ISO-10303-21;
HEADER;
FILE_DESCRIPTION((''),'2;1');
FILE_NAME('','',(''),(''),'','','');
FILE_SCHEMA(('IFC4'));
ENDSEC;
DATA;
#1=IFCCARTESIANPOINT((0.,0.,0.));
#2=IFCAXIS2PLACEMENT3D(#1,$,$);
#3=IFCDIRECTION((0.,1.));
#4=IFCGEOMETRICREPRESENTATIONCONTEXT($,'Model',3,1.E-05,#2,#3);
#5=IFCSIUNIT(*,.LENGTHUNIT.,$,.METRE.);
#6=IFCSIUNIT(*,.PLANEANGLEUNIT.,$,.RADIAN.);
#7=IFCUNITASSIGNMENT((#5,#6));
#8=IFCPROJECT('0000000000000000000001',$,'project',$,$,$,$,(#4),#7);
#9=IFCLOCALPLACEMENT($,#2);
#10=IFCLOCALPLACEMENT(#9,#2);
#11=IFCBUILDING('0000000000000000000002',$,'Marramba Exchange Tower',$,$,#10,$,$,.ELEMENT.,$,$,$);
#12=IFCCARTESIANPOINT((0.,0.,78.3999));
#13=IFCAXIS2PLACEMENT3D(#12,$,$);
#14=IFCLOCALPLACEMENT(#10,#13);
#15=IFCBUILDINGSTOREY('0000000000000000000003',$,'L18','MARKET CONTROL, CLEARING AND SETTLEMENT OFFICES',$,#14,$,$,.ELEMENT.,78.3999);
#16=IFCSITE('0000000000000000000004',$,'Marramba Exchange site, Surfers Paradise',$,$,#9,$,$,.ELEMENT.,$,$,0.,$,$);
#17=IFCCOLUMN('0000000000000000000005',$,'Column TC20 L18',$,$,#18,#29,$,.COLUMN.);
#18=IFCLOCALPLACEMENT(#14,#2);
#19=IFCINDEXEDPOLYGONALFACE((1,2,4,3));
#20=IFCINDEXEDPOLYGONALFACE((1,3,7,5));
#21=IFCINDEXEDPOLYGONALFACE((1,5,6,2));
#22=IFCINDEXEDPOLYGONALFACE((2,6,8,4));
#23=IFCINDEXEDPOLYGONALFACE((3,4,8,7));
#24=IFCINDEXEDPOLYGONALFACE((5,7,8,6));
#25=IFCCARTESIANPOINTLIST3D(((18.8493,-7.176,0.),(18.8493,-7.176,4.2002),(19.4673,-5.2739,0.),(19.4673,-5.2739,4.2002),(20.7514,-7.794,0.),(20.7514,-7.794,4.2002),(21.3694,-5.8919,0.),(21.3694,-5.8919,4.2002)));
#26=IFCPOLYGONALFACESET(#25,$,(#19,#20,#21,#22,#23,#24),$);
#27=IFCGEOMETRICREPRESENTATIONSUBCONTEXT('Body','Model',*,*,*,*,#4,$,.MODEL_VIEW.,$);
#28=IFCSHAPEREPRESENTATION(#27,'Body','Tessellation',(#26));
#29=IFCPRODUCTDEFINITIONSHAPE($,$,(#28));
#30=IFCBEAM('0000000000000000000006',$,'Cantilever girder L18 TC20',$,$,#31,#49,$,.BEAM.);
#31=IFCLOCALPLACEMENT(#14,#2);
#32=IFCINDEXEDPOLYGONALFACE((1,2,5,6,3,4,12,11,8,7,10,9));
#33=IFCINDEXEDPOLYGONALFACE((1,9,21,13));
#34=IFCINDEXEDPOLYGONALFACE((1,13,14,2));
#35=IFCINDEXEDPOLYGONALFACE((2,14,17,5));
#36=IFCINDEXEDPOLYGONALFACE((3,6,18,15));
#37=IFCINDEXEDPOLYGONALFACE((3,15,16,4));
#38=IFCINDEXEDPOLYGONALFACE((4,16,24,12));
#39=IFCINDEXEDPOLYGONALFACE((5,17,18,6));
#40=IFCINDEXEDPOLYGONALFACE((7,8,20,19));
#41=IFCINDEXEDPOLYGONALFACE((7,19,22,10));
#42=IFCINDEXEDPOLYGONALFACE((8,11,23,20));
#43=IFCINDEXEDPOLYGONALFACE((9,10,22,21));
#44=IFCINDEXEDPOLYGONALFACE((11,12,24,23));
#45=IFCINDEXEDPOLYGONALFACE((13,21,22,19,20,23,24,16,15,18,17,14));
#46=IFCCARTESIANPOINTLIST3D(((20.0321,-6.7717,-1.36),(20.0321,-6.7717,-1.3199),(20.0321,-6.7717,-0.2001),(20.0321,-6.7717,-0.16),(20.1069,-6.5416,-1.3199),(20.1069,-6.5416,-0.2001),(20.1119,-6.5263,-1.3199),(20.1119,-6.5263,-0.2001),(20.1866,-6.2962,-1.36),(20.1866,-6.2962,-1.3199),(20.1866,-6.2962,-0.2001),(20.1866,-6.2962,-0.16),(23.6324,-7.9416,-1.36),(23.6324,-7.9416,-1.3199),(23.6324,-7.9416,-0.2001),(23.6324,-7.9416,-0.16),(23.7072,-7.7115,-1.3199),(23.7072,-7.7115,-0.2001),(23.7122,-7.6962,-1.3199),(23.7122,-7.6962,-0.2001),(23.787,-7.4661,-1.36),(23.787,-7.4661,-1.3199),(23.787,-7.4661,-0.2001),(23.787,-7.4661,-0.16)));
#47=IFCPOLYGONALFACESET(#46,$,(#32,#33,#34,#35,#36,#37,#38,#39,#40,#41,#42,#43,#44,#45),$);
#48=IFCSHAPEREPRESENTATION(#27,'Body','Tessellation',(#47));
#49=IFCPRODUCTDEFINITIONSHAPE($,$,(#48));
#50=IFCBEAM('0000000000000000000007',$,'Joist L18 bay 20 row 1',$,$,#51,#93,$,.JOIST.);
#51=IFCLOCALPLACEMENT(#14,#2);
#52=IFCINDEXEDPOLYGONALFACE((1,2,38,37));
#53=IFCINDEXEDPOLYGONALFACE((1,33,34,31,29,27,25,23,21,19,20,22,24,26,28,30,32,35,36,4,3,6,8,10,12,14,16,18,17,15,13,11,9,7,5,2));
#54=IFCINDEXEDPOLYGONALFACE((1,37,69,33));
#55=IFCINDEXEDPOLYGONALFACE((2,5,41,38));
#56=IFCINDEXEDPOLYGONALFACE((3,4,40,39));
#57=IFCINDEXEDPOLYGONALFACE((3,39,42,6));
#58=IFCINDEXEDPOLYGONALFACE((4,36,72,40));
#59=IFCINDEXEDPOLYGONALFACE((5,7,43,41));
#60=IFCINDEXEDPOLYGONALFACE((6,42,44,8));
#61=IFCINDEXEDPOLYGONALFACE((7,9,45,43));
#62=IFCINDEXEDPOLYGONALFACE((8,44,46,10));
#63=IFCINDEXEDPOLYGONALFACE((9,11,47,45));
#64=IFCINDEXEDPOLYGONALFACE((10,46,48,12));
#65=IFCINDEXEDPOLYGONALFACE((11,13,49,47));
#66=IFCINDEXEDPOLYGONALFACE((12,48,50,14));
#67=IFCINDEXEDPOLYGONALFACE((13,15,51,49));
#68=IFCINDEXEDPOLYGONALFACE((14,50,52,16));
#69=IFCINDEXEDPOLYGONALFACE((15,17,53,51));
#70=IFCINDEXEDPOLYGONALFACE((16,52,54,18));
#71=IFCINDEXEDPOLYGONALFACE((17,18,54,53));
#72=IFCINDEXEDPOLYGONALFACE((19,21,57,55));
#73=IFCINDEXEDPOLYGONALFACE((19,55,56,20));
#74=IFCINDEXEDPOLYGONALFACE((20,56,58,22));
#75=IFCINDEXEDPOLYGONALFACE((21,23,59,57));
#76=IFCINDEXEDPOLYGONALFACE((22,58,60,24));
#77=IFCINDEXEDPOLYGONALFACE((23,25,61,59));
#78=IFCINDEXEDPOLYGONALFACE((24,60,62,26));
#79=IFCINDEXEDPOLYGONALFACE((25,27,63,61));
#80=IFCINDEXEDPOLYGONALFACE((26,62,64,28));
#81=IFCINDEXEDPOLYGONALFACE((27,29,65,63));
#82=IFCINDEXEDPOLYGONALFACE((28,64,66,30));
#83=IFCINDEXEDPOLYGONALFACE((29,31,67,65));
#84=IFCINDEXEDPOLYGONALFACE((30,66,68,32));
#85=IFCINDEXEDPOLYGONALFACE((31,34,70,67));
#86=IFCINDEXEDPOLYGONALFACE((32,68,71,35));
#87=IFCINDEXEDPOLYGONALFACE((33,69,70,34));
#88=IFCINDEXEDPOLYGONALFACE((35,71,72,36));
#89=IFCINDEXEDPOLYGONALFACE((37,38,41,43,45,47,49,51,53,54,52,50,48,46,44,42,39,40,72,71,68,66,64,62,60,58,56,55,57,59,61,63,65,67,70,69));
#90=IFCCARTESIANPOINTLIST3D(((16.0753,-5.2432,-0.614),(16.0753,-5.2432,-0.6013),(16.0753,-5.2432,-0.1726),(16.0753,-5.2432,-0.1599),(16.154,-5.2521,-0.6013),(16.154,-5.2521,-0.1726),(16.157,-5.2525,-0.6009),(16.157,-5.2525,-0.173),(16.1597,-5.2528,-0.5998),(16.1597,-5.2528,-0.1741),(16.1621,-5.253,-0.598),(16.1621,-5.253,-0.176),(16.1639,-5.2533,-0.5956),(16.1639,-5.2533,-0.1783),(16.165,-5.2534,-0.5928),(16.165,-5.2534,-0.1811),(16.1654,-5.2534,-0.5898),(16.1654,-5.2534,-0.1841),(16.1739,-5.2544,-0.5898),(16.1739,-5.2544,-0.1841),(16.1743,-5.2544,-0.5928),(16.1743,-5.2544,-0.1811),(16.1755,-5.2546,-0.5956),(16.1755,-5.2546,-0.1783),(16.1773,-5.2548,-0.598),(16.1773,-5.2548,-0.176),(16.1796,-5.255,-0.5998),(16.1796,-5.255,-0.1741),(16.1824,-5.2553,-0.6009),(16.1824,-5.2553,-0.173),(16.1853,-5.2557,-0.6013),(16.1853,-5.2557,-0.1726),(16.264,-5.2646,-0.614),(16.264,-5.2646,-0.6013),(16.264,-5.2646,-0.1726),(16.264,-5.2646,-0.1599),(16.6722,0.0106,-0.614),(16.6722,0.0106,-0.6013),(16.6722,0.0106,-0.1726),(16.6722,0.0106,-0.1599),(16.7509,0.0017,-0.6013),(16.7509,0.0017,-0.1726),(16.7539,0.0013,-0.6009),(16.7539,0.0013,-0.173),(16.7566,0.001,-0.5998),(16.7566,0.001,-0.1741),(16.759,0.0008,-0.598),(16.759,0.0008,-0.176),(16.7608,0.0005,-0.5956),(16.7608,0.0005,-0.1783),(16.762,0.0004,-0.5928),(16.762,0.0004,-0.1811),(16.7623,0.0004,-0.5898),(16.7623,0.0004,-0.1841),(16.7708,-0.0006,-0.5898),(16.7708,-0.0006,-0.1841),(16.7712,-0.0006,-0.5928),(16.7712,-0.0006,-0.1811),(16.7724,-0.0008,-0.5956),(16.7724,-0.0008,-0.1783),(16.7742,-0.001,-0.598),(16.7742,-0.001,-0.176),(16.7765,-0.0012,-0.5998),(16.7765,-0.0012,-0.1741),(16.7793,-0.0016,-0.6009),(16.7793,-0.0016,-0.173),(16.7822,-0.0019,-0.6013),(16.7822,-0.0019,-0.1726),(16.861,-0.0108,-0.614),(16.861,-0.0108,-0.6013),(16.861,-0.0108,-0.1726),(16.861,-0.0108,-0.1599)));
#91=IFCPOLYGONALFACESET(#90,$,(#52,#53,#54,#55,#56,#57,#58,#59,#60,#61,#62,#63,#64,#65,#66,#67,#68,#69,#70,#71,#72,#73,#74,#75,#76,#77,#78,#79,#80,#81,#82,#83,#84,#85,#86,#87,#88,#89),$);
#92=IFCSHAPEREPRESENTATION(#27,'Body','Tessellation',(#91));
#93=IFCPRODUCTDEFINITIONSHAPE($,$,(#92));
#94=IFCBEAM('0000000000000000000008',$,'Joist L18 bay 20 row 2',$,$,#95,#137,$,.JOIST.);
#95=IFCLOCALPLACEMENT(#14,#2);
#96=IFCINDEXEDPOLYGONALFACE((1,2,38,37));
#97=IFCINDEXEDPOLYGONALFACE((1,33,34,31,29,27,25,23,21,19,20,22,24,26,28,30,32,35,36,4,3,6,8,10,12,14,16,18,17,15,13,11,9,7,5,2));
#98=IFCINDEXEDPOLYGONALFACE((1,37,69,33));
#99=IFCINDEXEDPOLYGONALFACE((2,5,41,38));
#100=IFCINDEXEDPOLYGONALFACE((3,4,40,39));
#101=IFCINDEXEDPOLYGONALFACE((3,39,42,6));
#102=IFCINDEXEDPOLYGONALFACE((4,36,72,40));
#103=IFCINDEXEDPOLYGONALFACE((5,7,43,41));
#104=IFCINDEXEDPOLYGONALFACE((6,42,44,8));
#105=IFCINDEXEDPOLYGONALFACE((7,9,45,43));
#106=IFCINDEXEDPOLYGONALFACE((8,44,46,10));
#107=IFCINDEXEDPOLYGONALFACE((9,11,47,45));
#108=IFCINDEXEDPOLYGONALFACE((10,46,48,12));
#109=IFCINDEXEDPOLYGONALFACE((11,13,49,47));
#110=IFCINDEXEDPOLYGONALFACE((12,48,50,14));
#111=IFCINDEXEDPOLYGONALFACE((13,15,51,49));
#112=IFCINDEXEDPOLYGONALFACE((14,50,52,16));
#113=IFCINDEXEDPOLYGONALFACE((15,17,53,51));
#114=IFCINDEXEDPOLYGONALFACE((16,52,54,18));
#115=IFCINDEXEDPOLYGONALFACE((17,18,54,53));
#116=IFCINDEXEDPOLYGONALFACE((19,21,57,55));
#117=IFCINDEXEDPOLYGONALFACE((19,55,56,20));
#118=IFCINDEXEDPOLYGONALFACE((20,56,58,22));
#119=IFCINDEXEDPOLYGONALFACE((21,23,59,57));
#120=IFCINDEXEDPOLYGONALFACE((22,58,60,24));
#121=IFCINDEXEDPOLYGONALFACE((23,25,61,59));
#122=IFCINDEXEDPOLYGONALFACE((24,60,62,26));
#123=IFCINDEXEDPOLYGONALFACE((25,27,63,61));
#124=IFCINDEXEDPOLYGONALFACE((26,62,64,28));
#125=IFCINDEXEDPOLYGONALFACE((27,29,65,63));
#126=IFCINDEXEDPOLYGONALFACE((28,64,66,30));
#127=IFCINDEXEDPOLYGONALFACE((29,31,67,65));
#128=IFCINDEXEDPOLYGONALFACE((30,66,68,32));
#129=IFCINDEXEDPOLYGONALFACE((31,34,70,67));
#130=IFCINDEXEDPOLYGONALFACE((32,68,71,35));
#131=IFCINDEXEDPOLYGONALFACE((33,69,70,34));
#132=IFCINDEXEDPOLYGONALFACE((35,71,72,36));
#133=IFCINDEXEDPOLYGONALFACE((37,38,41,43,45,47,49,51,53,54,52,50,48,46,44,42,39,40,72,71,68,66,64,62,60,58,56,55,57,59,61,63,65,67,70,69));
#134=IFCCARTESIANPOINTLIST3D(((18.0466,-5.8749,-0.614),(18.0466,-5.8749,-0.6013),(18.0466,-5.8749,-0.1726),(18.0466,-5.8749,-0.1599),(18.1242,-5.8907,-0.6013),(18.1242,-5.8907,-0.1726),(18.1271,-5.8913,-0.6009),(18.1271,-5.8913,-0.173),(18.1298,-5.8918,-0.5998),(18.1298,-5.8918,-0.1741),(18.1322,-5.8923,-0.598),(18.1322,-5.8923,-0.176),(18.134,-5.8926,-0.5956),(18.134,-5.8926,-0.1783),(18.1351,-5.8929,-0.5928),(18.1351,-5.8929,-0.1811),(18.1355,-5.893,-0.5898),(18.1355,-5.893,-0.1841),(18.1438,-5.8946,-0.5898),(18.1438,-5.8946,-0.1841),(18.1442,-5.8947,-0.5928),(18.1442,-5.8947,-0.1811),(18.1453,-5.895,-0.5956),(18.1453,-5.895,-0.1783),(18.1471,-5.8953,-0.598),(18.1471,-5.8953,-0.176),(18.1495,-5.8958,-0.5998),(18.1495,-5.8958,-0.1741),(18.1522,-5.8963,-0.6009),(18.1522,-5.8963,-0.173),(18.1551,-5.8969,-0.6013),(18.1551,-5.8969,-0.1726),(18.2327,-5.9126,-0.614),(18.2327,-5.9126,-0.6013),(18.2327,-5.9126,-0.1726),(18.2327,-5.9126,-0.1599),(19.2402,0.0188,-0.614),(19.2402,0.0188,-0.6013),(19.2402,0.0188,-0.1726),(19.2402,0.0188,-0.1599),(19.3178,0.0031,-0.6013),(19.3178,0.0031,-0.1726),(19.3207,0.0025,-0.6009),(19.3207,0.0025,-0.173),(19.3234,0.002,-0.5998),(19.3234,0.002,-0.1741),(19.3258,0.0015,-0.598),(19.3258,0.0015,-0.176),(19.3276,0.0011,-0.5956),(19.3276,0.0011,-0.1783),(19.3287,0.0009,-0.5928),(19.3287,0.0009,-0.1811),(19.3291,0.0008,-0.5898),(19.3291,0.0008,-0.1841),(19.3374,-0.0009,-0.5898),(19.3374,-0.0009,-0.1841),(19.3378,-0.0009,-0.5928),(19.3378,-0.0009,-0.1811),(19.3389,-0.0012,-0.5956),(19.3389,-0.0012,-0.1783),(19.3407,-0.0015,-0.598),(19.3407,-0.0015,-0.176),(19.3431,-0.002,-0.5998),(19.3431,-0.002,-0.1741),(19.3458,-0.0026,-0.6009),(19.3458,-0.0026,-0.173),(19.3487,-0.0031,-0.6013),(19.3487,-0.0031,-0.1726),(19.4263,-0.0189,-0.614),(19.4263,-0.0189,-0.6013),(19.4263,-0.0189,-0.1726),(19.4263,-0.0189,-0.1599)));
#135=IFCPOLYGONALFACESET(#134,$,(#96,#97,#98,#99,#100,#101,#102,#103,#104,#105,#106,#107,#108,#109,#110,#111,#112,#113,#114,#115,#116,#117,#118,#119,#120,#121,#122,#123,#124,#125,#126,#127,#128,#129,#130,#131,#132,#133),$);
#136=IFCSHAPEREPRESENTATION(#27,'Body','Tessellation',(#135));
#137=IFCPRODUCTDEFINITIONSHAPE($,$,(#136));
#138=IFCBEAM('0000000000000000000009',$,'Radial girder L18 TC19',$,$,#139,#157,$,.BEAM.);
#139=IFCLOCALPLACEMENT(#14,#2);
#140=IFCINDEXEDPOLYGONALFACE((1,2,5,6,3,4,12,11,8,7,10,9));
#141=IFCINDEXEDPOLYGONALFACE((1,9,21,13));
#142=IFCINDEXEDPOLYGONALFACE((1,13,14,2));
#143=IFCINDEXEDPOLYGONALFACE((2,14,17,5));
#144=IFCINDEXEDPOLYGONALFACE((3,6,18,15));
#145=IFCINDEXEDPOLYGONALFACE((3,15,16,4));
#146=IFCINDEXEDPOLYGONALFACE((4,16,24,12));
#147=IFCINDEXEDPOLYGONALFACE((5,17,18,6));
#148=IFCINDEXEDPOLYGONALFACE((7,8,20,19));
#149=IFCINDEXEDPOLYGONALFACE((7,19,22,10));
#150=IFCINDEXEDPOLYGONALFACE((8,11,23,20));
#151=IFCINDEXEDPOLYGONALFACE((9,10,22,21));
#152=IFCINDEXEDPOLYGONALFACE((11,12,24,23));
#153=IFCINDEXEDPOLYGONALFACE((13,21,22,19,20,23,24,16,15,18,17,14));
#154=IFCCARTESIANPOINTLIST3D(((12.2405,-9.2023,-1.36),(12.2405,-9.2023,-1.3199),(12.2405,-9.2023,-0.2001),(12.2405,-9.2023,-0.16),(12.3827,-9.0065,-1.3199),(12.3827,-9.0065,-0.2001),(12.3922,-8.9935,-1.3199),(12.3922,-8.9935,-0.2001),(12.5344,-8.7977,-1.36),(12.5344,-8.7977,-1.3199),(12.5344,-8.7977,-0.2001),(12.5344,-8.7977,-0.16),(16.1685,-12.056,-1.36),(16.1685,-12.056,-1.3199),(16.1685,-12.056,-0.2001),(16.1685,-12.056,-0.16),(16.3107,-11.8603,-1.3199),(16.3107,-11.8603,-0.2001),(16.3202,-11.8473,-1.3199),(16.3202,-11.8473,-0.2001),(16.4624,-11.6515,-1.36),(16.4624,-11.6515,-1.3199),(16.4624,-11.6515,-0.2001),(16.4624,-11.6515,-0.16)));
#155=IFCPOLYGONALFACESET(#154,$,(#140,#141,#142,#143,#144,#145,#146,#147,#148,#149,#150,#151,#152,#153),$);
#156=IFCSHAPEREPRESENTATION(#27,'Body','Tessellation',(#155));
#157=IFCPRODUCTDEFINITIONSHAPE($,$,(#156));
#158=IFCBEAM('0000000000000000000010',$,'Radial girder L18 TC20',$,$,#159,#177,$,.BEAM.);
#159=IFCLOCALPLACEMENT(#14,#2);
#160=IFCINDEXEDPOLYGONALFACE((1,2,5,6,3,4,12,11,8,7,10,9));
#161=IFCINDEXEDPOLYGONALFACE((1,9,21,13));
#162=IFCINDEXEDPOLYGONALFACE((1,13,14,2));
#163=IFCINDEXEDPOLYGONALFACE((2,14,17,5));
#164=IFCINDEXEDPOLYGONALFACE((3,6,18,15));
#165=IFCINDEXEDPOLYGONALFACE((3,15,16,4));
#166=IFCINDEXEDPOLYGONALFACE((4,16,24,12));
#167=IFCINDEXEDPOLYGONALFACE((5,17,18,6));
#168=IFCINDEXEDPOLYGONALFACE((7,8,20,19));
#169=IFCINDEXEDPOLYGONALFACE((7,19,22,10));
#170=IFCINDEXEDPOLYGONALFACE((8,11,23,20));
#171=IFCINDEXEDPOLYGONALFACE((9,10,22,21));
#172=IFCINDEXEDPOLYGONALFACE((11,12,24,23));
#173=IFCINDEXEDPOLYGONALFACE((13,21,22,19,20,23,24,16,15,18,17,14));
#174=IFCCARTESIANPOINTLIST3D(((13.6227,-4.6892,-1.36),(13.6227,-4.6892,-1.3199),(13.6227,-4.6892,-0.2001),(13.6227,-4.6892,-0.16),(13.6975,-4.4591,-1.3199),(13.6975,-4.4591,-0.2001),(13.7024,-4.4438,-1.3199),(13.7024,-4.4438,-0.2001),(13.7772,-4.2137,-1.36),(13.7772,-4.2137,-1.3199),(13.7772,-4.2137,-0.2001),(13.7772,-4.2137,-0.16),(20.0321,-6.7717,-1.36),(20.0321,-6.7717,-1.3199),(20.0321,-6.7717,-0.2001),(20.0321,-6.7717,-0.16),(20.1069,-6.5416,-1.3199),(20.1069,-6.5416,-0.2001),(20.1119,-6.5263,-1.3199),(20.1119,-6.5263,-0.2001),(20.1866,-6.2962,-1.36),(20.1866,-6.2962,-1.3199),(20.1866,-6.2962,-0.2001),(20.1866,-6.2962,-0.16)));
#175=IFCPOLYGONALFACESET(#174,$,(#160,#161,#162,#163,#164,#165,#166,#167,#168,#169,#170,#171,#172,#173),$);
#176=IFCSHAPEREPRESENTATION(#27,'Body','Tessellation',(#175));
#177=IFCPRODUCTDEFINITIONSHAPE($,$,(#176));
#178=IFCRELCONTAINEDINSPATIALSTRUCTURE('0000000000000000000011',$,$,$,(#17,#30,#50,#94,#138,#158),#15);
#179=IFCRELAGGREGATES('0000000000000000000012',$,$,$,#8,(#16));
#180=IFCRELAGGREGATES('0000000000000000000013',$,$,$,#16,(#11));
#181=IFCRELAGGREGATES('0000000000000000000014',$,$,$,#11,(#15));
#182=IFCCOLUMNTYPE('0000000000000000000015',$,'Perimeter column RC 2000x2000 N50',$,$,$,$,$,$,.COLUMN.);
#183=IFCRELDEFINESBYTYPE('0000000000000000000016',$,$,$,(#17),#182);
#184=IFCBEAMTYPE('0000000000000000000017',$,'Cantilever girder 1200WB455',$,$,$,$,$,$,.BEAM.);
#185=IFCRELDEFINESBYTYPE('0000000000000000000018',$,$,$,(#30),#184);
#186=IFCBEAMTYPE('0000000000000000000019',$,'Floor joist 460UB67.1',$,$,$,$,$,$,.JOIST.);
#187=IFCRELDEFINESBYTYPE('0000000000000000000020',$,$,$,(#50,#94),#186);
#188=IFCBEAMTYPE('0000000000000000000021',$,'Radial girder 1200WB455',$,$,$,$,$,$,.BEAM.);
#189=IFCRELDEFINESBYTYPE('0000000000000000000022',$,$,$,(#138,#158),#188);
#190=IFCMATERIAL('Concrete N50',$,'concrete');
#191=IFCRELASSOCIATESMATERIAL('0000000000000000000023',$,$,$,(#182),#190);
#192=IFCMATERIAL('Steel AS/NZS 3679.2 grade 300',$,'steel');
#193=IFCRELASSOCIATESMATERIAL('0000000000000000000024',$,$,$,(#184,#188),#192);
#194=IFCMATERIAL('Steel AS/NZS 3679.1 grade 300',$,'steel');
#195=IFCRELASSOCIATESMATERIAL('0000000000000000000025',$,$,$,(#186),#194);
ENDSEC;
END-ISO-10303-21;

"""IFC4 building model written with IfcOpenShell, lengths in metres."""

from ifc_helpers import new_model, si_unit, direction, frame, origin, origin_2d, place, context, subcontext, project, spatial, rectangle, i_section, extrude, material, material_profile, profile_set, type_object, element, save


model = new_model("IFC4")

# Units and contexts
model_context = context("Model", 3, precision=1e-05, world=origin(), true_north=direction((0.0, 1.0)))
body_context = subcontext(model_context, "Body", "Model", "MODEL_VIEW")
ifc_project = project(units=[si_unit("LENGTHUNIT", "METRE"), si_unit("PLANEANGLEUNIT", "RADIAN")], contexts=[model_context])

# Site, building, storey
site_placement = place(None, origin())
site = spatial("IfcSite", under=ifc_project, at=site_placement, Name="Marramba Exchange site, Surfers Paradise", CompositionType="ELEMENT", RefElevation=0.0)
building_placement = place(site_placement, origin())
building = spatial("IfcBuilding", under=site, at=building_placement, Name="Marramba Exchange Tower", CompositionType="ELEMENT")
storey_placement = place(building_placement, frame((0.0, 0.0, 78.3999)))
storey = spatial("IfcBuildingStorey", under=building, at=storey_placement, Name="L18", Description="MARKET CONTROL, CLEARING AND SETTLEMENT OFFICES", CompositionType="ELEMENT", Elevation=78.3999)

# Column
ifc_material_1 = material(Name="Concrete N50", Category="concrete")
ifc_material_profile_1 = material_profile(ifc_material_1, rectangle(XDim=2.0, YDim=2.0, at=origin_2d()), Name="RC 2000x2000")
ifc_profile_set_1 = profile_set([ifc_material_profile_1], Name="Concrete N50")
column_type = type_object("IfcColumnType", Name="Perimeter column RC 2000x2000 N50", PredefinedType="COLUMN", material=ifc_profile_set_1)
column_placement = place(storey_placement, frame((20.1094, -6.5339, 0.0), z_axis=(0.0, 0.0, 1.0), x_axis=(0.951057, -0.309017, 0.0)))
element("IfcColumn", 1, at=column_placement, inside=storey, type_object=column_type, Name="Column TC20 L18", PredefinedType="COLUMN", context=body_context, shape_type="SweptSolid", body=[
    extrude(rectangle(XDim=2.0, YDim=2.0, at=origin_2d()), origin(), (0.0, 0.0, 1.0), 4.2002),
])

# Beams
ifc_material_2 = material(Name="Steel AS/NZS 3679.2 grade 300", Category="steel")
ifc_material_profile_2 = material_profile(ifc_material_2, i_section(OverallWidth=0.5, OverallDepth=1.2, WebThickness=0.0161, FlangeThickness=0.04, at=origin_2d()), Name="1200WB455")
ifc_profile_set_2 = profile_set([ifc_material_profile_2], Name="Steel AS/NZS 3679.2 grade 300")
beam_type_1 = type_object("IfcBeamType", Name="Cantilever girder 1200WB455", PredefinedType="BEAM", material=ifc_profile_set_2)
beam_1_placement = place(storey_placement, frame((20.1094, -6.5339, -0.76), z_axis=(0.951049, -0.309041, 0.0), x_axis=(0.309041, 0.951049, 0.0)))
element("IfcBeam", 2, at=beam_1_placement, inside=storey, type_object=beam_type_1, Name="Cantilever girder L18 TC20", PredefinedType="BEAM", context=body_context, shape_type="SweptSolid", body=[
    extrude(i_section(OverallWidth=0.5, OverallDepth=1.2, WebThickness=0.0161, FlangeThickness=0.04, at=origin_2d()), origin(), (0.0, 0.0, 1.0), 3.7856),
])
ifc_material_3 = material(Name="Steel AS/NZS 3679.1 grade 300", Category="steel")
ifc_material_profile_3 = material_profile(ifc_material_3, i_section(OverallWidth=0.1899, OverallDepth=0.4541, WebThickness=0.0085, FlangeThickness=0.0127, FilletRadius=0.0115, at=origin_2d()), Name="460UB67.1")
ifc_profile_set_3 = profile_set([ifc_material_profile_3], Name="Steel AS/NZS 3679.1 grade 300")
beam_type_2 = type_object("IfcBeamType", Name="Floor joist 460UB67.1", PredefinedType="JOIST", material=ifc_profile_set_3)
beam_2_placement = place(storey_placement, frame((16.1697, -5.2539, -0.387), z_axis=(0.112889, 0.993608, 0.0), x_axis=(-0.993608, 0.112889, 0.0)))
element("IfcBeam", 3, at=beam_2_placement, inside=storey, type_object=beam_type_2, Name="Joist L18 bay 20 row 1", PredefinedType="JOIST", context=body_context, shape_type="SweptSolid", body=[
    extrude(i_section(OverallWidth=0.1899, OverallDepth=0.4541, WebThickness=0.0085, FlangeThickness=0.0127, FilletRadius=0.0115, at=origin_2d()), origin(), (0.0, 0.0, 1.0), 5.2876),
])
beam_3_placement = place(storey_placement, frame((18.1396, -5.8938, -0.387), z_axis=(0.198489, 0.980103, 0.0), x_axis=(-0.980103, 0.198489, 0.0)))
element("IfcBeam", 4, at=beam_3_placement, inside=storey, type_object=beam_type_2, Name="Joist L18 bay 20 row 2", PredefinedType="JOIST", context=body_context, shape_type="SweptSolid", body=[
    extrude(i_section(OverallWidth=0.1899, OverallDepth=0.4541, WebThickness=0.0085, FlangeThickness=0.0127, FilletRadius=0.0115, at=origin_2d()), origin(), (0.0, 0.0, 1.0), 6.0134),
])
ifc_material_profile_4 = material_profile(ifc_material_2, i_section(OverallWidth=0.5, OverallDepth=1.2, WebThickness=0.0161, FlangeThickness=0.04, at=origin_2d()), Name="1200WB455")
ifc_profile_set_4 = profile_set([ifc_material_profile_4], Name="Steel AS/NZS 3679.2 grade 300")
beam_type_3 = type_object("IfcBeamType", Name="Radial girder 1200WB455", PredefinedType="BEAM", material=ifc_profile_set_4)
beam_4_placement = place(storey_placement, frame((12.3875, -9.0, -0.76), z_axis=(0.809025, -0.587774, 0.0), x_axis=(0.587774, 0.809025, 0.0)))
element("IfcBeam", 5, at=beam_4_placement, inside=storey, type_object=beam_type_3, Name="Radial girder L18 TC19", PredefinedType="BEAM", context=body_context, shape_type="SweptSolid", body=[
    extrude(i_section(OverallWidth=0.5, OverallDepth=1.2, WebThickness=0.0161, FlangeThickness=0.04, at=origin_2d()), origin(), (0.0, 0.0, 1.0), 4.8552),
])
beam_5_placement = place(storey_placement, frame((13.7, -4.4514, -0.76), z_axis=(0.951058, -0.309013, 0.0), x_axis=(0.309013, 0.951058, 0.0)))
element("IfcBeam", 6, at=beam_5_placement, inside=storey, type_object=beam_type_3, Name="Radial girder L18 TC20", PredefinedType="BEAM", context=body_context, shape_type="SweptSolid", body=[
    extrude(i_section(OverallWidth=0.5, OverallDepth=1.2, WebThickness=0.0161, FlangeThickness=0.04, at=origin_2d()), origin(), (0.0, 0.0, 1.0), 6.7393),
])

save(model, "model.ifc")
